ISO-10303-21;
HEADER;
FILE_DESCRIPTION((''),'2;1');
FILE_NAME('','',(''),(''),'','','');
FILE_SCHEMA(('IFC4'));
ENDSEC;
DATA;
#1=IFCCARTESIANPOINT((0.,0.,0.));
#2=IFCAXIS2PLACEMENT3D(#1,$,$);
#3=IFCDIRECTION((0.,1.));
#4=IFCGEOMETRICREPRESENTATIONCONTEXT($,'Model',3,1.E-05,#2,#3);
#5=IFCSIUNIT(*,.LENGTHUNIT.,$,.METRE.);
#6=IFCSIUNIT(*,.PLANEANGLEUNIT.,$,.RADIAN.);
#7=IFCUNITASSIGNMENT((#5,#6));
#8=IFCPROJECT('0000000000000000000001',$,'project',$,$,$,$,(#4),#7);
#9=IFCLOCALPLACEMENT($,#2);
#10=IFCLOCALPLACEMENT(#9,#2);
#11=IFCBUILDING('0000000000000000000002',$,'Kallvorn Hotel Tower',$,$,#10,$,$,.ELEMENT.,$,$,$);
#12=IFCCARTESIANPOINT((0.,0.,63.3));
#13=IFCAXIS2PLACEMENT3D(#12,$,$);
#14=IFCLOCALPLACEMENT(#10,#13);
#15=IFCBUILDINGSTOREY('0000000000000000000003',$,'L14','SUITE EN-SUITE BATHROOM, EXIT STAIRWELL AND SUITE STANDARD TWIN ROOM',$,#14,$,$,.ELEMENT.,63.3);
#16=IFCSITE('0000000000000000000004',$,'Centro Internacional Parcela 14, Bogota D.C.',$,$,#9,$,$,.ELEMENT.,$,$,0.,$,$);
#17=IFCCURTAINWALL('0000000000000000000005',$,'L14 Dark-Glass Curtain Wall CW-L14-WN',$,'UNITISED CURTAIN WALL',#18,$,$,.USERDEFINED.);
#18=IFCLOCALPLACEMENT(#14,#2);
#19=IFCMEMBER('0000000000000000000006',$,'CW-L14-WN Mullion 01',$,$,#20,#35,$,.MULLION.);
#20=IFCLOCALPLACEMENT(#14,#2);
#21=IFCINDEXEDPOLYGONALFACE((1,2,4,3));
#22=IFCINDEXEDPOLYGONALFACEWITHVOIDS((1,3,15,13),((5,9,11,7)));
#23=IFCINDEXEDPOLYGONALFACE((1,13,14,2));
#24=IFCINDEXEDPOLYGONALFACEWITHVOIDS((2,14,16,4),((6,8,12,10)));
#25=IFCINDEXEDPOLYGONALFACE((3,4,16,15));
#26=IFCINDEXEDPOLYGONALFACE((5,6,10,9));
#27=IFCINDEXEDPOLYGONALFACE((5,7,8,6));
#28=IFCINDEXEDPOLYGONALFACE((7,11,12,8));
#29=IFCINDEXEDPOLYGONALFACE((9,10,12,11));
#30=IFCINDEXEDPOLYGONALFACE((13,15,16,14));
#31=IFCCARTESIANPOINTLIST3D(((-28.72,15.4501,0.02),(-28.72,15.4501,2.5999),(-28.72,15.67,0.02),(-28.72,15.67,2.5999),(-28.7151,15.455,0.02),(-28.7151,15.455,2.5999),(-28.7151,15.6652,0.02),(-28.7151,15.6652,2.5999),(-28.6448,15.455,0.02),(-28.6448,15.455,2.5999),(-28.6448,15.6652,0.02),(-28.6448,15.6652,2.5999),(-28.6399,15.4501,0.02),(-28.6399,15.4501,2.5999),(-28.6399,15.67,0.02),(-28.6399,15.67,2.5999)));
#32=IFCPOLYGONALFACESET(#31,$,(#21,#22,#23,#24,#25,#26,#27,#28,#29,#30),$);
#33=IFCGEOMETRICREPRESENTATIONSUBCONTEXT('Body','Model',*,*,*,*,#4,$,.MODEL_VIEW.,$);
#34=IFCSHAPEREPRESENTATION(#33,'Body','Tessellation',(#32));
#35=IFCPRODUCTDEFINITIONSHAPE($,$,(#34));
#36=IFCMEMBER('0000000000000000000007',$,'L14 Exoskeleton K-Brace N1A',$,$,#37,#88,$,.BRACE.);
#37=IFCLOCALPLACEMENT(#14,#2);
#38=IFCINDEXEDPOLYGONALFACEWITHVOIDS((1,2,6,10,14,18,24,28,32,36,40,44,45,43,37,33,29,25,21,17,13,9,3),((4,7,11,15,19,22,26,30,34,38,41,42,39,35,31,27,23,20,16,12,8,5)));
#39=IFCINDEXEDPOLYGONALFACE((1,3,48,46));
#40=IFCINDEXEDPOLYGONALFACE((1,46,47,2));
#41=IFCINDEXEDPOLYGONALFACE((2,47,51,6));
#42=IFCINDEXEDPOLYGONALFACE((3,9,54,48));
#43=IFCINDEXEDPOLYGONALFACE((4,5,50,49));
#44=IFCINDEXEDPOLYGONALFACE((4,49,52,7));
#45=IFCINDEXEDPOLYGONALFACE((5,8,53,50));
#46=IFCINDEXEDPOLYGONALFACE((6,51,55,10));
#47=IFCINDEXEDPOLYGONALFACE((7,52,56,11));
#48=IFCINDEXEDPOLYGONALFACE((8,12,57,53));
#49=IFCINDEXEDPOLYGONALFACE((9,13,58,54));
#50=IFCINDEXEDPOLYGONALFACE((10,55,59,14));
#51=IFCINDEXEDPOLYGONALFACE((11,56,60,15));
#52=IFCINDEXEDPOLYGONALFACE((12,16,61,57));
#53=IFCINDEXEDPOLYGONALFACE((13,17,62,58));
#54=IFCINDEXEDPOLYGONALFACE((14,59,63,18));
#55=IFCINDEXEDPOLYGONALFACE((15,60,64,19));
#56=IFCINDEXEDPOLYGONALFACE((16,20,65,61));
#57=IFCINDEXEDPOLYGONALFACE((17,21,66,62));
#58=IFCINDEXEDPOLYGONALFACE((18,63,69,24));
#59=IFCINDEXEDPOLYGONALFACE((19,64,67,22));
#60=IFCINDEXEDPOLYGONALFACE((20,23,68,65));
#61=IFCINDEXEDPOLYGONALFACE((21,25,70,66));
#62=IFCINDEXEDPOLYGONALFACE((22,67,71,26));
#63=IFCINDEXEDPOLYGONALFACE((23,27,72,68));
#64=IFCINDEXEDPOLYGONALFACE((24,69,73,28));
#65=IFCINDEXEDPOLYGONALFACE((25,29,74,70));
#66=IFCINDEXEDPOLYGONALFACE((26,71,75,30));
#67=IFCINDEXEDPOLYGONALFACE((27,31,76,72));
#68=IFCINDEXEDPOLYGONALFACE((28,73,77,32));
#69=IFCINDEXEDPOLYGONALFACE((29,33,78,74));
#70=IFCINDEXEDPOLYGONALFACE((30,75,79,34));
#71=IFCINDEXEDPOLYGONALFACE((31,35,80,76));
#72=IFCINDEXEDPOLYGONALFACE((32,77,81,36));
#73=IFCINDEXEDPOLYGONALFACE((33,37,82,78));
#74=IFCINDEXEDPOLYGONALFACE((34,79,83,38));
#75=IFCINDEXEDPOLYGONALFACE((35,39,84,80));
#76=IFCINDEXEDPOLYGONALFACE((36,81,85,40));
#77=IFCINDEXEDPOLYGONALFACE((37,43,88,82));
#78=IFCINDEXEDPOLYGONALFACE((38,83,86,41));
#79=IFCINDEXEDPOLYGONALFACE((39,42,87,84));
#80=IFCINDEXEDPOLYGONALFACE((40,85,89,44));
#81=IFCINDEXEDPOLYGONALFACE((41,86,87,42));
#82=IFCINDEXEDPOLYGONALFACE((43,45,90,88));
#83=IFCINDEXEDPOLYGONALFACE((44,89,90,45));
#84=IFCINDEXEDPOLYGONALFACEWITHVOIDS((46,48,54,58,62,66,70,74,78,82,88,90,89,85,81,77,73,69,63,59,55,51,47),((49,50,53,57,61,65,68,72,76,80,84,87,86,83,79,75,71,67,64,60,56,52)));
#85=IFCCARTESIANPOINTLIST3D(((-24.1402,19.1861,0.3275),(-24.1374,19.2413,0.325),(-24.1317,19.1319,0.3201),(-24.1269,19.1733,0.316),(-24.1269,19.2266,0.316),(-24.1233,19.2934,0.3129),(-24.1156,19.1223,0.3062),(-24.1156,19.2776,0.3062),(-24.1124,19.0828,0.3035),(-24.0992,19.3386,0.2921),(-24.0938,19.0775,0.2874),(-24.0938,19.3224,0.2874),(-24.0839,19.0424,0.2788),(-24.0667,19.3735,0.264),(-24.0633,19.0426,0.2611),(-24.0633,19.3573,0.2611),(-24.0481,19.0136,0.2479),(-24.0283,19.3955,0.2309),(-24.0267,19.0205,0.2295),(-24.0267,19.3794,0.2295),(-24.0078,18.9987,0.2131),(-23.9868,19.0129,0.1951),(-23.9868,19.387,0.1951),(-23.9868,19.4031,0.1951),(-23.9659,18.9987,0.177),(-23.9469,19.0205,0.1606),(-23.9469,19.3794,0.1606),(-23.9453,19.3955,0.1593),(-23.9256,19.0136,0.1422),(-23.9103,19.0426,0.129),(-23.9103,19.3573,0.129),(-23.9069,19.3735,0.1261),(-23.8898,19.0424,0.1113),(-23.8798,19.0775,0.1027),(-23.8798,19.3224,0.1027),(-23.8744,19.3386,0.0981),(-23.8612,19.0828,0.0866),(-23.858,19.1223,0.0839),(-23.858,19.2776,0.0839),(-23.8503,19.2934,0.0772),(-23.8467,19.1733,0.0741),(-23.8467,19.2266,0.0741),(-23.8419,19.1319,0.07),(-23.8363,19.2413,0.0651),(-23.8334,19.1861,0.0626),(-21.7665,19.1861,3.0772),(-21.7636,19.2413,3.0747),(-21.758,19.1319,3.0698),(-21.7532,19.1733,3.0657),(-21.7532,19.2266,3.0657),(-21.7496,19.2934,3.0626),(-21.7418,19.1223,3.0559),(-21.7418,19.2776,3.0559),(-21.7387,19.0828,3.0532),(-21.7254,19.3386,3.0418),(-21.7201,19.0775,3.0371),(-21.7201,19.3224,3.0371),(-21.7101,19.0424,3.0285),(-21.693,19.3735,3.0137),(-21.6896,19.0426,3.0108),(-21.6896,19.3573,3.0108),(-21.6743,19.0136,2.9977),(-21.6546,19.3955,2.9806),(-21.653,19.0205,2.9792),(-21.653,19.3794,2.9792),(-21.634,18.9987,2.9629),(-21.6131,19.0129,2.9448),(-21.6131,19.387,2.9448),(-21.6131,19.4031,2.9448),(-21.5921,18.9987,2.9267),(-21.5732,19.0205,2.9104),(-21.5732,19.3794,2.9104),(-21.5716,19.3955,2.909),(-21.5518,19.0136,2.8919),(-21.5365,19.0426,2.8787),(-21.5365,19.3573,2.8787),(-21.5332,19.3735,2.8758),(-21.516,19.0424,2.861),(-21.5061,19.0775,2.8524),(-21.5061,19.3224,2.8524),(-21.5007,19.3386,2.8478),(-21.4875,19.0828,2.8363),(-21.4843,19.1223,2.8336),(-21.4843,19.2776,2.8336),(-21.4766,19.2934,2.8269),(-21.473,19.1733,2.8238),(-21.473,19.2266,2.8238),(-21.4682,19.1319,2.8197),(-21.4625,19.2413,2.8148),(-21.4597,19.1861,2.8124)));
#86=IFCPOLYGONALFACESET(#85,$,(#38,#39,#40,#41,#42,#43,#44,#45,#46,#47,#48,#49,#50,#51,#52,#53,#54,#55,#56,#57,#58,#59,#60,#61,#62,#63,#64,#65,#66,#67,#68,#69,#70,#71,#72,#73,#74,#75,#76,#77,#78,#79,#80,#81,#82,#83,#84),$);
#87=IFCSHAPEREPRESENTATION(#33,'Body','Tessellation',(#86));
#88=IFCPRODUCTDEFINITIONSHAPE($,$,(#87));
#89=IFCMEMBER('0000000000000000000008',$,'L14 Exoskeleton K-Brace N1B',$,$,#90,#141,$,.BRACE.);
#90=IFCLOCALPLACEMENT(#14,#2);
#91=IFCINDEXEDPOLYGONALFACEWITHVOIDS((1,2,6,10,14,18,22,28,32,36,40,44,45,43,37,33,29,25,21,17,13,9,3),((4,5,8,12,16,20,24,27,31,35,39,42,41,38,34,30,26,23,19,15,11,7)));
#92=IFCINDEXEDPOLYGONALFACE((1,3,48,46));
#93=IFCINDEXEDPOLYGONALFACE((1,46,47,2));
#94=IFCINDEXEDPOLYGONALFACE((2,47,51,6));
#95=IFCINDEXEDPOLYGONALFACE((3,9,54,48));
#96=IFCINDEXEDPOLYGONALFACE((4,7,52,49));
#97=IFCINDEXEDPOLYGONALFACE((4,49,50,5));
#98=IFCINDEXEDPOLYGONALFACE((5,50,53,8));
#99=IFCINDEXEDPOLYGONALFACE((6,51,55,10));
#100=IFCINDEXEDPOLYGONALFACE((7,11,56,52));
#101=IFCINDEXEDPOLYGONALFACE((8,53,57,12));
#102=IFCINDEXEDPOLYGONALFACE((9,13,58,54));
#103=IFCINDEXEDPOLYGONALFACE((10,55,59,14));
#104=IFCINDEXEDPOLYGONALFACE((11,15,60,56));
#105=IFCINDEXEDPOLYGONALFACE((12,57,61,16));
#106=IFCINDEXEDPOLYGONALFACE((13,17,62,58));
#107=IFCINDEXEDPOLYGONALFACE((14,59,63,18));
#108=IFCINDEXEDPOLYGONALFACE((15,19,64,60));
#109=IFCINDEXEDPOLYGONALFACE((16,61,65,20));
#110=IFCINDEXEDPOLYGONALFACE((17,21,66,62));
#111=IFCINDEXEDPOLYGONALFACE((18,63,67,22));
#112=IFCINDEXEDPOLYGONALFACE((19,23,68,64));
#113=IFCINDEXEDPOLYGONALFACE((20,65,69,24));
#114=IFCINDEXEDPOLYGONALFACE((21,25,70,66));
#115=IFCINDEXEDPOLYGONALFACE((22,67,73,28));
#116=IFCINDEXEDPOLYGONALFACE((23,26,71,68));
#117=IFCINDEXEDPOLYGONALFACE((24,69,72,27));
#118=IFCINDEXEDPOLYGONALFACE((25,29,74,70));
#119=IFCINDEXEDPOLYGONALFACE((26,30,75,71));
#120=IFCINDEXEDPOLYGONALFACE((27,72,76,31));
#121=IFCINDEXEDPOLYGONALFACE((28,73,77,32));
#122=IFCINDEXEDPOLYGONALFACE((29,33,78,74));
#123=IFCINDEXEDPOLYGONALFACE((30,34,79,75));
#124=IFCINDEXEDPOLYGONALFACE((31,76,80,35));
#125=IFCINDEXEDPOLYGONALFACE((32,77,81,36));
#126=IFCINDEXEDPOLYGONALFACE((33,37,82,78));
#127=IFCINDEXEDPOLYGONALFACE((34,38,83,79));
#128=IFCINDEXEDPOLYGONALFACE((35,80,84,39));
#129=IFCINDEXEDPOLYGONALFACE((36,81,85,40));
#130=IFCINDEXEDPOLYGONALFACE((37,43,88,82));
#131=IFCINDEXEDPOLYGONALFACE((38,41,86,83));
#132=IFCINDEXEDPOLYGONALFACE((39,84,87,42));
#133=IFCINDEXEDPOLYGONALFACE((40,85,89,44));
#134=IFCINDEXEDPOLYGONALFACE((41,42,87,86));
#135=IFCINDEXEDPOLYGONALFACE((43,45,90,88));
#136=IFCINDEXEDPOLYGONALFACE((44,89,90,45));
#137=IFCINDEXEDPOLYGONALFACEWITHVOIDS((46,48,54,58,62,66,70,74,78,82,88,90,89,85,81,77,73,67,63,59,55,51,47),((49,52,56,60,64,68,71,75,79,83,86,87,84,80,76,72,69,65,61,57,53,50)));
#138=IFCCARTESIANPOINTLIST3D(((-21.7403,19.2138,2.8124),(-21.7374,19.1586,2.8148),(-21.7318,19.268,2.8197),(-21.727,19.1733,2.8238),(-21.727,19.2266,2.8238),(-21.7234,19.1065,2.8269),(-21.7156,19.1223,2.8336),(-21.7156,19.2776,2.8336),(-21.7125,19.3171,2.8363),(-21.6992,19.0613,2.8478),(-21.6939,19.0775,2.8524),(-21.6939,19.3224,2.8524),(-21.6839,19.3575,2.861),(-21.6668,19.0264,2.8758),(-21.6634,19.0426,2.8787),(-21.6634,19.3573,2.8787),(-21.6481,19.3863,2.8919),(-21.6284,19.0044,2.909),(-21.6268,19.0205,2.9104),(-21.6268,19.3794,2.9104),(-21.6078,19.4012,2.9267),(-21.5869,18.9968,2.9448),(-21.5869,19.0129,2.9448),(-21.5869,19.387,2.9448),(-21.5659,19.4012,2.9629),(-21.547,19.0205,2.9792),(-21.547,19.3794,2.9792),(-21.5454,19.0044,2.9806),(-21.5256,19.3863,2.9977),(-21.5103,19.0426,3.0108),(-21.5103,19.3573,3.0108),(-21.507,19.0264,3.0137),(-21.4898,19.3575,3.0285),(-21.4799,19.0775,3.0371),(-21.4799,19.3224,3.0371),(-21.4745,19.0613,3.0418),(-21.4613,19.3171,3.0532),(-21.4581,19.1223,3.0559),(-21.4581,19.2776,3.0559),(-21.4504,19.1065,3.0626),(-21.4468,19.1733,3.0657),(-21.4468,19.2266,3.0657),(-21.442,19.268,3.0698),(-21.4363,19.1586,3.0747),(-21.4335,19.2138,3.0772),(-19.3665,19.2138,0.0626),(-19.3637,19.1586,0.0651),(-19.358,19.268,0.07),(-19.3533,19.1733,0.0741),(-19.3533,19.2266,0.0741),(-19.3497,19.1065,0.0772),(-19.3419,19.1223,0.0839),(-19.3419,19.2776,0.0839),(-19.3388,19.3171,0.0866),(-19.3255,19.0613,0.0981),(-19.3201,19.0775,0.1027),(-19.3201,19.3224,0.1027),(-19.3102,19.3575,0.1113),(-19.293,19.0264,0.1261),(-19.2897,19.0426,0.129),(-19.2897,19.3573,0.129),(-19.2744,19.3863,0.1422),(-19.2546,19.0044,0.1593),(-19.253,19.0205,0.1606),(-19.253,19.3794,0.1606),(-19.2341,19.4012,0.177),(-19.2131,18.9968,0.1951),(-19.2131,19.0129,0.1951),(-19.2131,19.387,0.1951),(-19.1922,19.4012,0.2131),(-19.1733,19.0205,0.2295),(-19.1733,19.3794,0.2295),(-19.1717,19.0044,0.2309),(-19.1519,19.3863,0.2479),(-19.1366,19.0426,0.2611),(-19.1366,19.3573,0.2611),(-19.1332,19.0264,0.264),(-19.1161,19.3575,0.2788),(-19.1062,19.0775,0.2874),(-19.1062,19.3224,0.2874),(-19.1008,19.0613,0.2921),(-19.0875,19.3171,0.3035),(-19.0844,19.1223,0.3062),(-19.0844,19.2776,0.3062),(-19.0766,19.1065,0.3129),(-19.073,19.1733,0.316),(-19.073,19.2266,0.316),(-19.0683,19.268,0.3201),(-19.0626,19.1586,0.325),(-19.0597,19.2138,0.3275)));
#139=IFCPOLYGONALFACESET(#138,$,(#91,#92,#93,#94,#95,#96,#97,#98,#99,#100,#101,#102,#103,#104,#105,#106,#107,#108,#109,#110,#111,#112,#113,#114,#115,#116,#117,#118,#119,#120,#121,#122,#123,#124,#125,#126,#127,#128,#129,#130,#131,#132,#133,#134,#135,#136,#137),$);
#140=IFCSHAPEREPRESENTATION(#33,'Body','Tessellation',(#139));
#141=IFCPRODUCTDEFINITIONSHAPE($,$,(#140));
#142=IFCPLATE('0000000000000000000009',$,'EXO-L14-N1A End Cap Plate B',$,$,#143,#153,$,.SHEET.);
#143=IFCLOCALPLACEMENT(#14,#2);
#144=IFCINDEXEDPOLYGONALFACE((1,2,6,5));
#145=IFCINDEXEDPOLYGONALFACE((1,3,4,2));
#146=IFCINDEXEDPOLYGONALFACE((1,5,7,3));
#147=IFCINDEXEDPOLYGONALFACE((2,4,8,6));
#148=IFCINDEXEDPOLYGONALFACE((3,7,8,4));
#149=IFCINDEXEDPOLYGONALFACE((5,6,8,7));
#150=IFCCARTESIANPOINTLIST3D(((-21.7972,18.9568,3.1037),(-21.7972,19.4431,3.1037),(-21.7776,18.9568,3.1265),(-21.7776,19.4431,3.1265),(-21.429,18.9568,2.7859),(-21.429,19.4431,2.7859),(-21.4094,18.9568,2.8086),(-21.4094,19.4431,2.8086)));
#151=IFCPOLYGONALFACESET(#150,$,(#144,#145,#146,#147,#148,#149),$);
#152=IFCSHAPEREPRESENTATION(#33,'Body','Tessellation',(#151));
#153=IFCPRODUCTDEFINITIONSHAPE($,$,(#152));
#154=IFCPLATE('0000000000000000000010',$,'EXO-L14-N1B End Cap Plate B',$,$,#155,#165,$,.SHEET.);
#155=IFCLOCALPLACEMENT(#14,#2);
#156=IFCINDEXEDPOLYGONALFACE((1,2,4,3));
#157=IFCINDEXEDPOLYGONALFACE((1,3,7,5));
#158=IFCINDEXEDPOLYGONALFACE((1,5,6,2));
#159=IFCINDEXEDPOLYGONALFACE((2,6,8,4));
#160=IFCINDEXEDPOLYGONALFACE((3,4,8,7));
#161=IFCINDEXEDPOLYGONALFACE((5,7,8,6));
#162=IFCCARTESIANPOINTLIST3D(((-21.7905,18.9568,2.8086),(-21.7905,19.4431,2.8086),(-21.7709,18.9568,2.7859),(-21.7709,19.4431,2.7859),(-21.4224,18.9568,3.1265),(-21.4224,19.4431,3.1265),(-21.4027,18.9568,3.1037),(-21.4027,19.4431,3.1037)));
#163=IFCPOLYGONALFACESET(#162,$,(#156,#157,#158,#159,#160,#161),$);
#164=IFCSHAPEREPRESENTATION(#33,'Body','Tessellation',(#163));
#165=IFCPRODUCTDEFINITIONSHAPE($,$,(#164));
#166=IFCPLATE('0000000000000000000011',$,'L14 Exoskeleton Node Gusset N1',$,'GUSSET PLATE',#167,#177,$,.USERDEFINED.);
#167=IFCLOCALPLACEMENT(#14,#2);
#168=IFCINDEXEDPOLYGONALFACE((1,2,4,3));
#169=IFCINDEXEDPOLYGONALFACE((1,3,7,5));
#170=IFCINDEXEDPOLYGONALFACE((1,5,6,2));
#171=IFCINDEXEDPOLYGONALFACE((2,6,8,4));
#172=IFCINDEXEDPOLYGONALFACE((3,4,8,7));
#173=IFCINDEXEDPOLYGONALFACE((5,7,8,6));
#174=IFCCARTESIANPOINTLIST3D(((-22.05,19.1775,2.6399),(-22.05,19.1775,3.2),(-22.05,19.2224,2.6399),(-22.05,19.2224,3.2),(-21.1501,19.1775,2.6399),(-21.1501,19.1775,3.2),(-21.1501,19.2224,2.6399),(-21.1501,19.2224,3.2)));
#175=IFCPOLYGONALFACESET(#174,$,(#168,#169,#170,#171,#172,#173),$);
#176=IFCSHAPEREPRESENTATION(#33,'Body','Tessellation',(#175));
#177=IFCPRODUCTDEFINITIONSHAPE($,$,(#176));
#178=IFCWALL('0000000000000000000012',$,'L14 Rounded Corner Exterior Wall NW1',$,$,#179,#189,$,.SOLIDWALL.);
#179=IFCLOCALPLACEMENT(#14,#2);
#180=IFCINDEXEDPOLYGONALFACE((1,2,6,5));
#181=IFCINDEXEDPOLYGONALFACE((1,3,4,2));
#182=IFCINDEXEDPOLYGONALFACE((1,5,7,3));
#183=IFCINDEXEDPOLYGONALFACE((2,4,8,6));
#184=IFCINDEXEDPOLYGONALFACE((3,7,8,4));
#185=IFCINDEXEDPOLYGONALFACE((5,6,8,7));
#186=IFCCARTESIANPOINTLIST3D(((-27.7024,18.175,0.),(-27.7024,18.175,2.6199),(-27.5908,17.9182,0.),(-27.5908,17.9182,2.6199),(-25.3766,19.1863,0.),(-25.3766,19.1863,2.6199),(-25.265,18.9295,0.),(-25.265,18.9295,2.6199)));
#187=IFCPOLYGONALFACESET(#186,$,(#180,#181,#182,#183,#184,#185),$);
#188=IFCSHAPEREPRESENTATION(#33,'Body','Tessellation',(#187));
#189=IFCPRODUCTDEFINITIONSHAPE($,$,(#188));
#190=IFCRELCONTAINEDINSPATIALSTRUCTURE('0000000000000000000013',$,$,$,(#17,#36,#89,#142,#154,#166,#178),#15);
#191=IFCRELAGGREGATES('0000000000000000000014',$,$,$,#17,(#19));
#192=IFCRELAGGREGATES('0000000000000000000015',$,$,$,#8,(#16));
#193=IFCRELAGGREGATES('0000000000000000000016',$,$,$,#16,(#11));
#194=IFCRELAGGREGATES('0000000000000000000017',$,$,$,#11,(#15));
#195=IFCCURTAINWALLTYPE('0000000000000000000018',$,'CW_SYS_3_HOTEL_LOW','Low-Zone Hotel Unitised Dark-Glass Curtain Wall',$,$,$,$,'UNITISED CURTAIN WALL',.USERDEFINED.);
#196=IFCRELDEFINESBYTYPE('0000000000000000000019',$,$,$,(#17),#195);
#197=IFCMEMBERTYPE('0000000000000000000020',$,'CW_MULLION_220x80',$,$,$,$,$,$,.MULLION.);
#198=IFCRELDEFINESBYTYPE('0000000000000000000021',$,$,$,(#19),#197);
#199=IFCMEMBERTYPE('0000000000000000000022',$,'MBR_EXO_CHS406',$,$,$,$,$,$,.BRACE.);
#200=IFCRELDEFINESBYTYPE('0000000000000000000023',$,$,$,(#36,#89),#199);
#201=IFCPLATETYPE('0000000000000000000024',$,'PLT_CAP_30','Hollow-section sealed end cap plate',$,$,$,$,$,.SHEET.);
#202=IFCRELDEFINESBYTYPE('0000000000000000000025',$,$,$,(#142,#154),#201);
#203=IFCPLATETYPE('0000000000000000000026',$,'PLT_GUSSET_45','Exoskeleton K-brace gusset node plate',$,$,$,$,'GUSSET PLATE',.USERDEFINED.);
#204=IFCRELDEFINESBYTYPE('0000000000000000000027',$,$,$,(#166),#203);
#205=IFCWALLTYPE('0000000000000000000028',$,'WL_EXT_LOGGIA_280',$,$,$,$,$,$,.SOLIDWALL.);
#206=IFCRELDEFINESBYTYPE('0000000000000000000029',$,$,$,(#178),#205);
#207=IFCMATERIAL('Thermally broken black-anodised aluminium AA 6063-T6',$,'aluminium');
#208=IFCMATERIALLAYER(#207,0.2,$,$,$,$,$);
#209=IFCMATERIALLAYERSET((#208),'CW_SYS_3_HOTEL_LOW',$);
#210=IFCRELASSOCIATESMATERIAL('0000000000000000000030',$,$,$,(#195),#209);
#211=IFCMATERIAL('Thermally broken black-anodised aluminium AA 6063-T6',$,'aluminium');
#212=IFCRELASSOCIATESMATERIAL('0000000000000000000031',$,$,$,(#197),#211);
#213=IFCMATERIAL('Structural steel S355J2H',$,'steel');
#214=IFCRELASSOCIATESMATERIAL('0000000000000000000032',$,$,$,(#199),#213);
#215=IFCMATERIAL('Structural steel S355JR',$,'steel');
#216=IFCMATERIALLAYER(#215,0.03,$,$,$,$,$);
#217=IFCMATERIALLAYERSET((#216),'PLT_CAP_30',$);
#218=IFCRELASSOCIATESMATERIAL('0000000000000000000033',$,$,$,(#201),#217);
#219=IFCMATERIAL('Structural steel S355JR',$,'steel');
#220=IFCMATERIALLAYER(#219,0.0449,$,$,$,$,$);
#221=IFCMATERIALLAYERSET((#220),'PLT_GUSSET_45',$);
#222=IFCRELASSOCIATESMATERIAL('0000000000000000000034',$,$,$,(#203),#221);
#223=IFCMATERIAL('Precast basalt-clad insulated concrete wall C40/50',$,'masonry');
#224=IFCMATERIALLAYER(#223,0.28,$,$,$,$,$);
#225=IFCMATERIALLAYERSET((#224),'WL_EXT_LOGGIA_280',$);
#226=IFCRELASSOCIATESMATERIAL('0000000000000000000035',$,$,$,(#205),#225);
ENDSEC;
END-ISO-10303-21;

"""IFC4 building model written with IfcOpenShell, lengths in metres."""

from ifc_helpers import new_model, si_unit, direction, frame, frame_2d, origin, origin_2d, place, context, subcontext, project, spatial, polyline, rectangle, hollow_rectangle, hollow_circle, outline, extrude, material, layer, layer_set, material_profile, profile_set, type_object, element, aggregate, save


model = new_model("IFC4")

# Units and contexts
model_context = context("Model", 3, precision=1e-05, world=origin(), true_north=direction((0.0, 1.0)))
body_context = subcontext(model_context, "Body", "Model", "MODEL_VIEW")
ifc_project = project(units=[si_unit("LENGTHUNIT", "METRE"), si_unit("PLANEANGLEUNIT", "RADIAN")], contexts=[model_context])

# Site, building, storey
site_placement = place(None, origin())
site = spatial("IfcSite", under=ifc_project, at=site_placement, Name="Centro Internacional Parcela 14, Bogota D.C.", CompositionType="ELEMENT", RefElevation=0.0)
building_placement = place(site_placement, origin())
building = spatial("IfcBuilding", under=site, at=building_placement, Name="Kallvorn Hotel Tower", CompositionType="ELEMENT")
storey_placement = place(building_placement, frame((0.0, 0.0, 63.3)))
storey = spatial("IfcBuildingStorey", under=building, at=storey_placement, Name="L14", Description="SUITE EN-SUITE BATHROOM, EXIT STAIRWELL AND SUITE STANDARD TWIN ROOM", CompositionType="ELEMENT", Elevation=63.3)

# Curtain wall, member
ifc_material_1 = material(Name="Thermally broken black-anodised aluminium AA 6063-T6", Category="aluminium")
ifc_layer_1 = layer(ifc_material_1, 0.2)
ifc_layer_set_1 = layer_set([ifc_layer_1], Name="CW_SYS_3_HOTEL_LOW")
curtain_wall_type = type_object("IfcCurtainWallType", Name="CW_SYS_3_HOTEL_LOW", Description="Low-Zone Hotel Unitised Dark-Glass Curtain Wall", ElementType="UNITISED CURTAIN WALL", PredefinedType="USERDEFINED", material=ifc_layer_set_1)
curtain_wall_placement = place(storey_placement, origin())
curtain_wall = element("IfcCurtainWall", 1, at=curtain_wall_placement, inside=storey, type_object=curtain_wall_type, Name="L14 Dark-Glass Curtain Wall CW-L14-WN", ObjectType="UNITISED CURTAIN WALL", PredefinedType="USERDEFINED")
ifc_material_2 = material(Name="Thermally broken black-anodised aluminium AA 6063-T6", Category="aluminium")
ifc_material_profile_1 = material_profile(ifc_material_2, hollow_rectangle(XDim=0.0801, YDim=0.22, WallThickness=0.0049, at=origin_2d()), Name="MUL 220x80")
ifc_profile_set_1 = profile_set([ifc_material_profile_1], Name="Thermally broken black-anodised aluminium AA 6063-T6")
member_type_1 = type_object("IfcMemberType", Name="CW_MULLION_220x80", PredefinedType="MULLION", material=ifc_profile_set_1)
member_placement = place(storey_placement, frame((-28.6799, 15.5601, 0.02), z_axis=(0.0, 0.0, 1.0), x_axis=(1.0, 0.0, 0.0)))
member = element("IfcMember", 2, at=member_placement, type_object=member_type_1, Name="CW-L14-WN Mullion 01", PredefinedType="MULLION", context=body_context, shape_type="SweptSolid", body=[
    extrude(hollow_rectangle(XDim=0.0801, YDim=0.22, WallThickness=0.0049, at=origin_2d()), origin(), (0.0, 0.0, 1.0), 2.5798),
])
aggregate(curtain_wall, [member])

# Members
ifc_material_3 = material(Name="Structural steel S355J2H", Category="steel")
ifc_material_profile_2 = material_profile(ifc_material_3, hollow_circle(Radius=0.2031, WallThickness=0.0161, at=origin_2d()), Name="CHS 406.4x16")
ifc_profile_set_2 = profile_set([ifc_material_profile_2], Name="Structural steel S355J2H")
member_type_2 = type_object("IfcMemberType", Name="MBR_EXO_CHS406", PredefinedType="BRACE", material=ifc_profile_set_2)
for number, where, z_axis, x_axis, name in (
    (3, (-23.9868, 19.2, 0.1951), (0.653461, 0.0, 0.756961), (0.0, 1.0, 0.0), "L14 Exoskeleton K-Brace N1A"),
    (4, (-19.2131, 19.2, 0.1951), (-0.653461, 0.0, 0.756961), (0.0, -1.0, 0.0), "L14 Exoskeleton K-Brace N1B"),
):
    element("IfcMember", number, at=place(storey_placement, frame(where, z_axis=z_axis, x_axis=x_axis)), inside=storey, type_object=member_type_2, Name=name, PredefinedType="BRACE", context=body_context, shape_type="SweptSolid", body=[
        extrude(hollow_circle(Radius=0.2031, WallThickness=0.0161, at=origin_2d()), origin(), (0.0, 0.0, 1.0), 3.6326),
    ])

# Plates
ifc_material_4 = material(Name="Structural steel S355JR", Category="steel")
ifc_layer_2 = layer(ifc_material_4, 0.03)
ifc_layer_set_2 = layer_set([ifc_layer_2], Name="PLT_CAP_30")
plate_type_1 = type_object("IfcPlateType", Name="PLT_CAP_30", Description="Hollow-section sealed end cap plate", PredefinedType="SHEET", material=ifc_layer_set_2)
for number, where, z_axis, x_axis, name in (
    (5, (-21.4094, 18.9568, 2.8086), (0.653515, 0.0, 0.756913), (0.0, 1.0, 0.0), "EXO-L14-N1A End Cap Plate B"),
    (6, (-21.7905, 19.4431, 2.8086), (-0.653515, 0.0, 0.756913), (0.0, -1.0, 0.0), "EXO-L14-N1B End Cap Plate B"),
):
    element("IfcPlate", number, at=place(storey_placement, frame(where, z_axis=z_axis, x_axis=x_axis)), inside=storey, type_object=plate_type_1, Name=name, PredefinedType="SHEET", context=body_context, shape_type="SweptSolid", body=[
        extrude(outline(polyline([(0.0, 0.0), (0.4863, 0.0), (0.4863, 0.4864), (0.0, 0.4864), (0.0, 0.0)])), origin(), (0.0, 0.0, -1.0), 0.03),
    ])
ifc_material_5 = material(Name="Structural steel S355JR", Category="steel")
ifc_layer_3 = layer(ifc_material_5, 0.0449)
ifc_layer_set_3 = layer_set([ifc_layer_3], Name="PLT_GUSSET_45")
plate_type_2 = type_object("IfcPlateType", Name="PLT_GUSSET_45", Description="Exoskeleton K-brace gusset node plate", ElementType="GUSSET PLATE", PredefinedType="USERDEFINED", material=ifc_layer_set_3)
plate_placement = place(storey_placement, frame((-21.6001, 19.2, 2.6399), z_axis=(0.0, 0.0, 1.0), x_axis=(1.0, 0.0, 0.0)))
element("IfcPlate", 7, at=plate_placement, inside=storey, type_object=plate_type_2, Name="L14 Exoskeleton Node Gusset N1", ObjectType="GUSSET PLATE", PredefinedType="USERDEFINED", context=body_context, shape_type="SweptSolid", body=[
    extrude(rectangle(XDim=0.8999, YDim=0.0449, at=origin_2d()), origin(), (0.0, 0.0, 1.0), 0.5601),
])

# Wall
ifc_material_6 = material(Name="Precast basalt-clad insulated concrete wall C40/50", Category="masonry")
ifc_layer_4 = layer(ifc_material_6, 0.28)
ifc_layer_set_4 = layer_set([ifc_layer_4], Name="WL_EXT_LOGGIA_280")
wall_type_1 = type_object("IfcWallType", Name="WL_EXT_LOGGIA_280", PredefinedType="SOLIDWALL", material=ifc_layer_set_4)
wall_1_placement = place(storey_placement, frame((-25.3208, 19.0579, 0.0), z_axis=(0.0, 0.0, 1.0), x_axis=(-0.917061, -0.398747, 0.0)))
element("IfcWall", 8, at=wall_1_placement, inside=storey, type_object=wall_type_1, Name="L14 Rounded Corner Exterior Wall NW1", PredefinedType="SOLIDWALL", context=body_context, shape_type="SweptSolid", body=[
    extrude(rectangle(XDim=2.5361, YDim=0.28, at=frame_2d((1.2681, 0.0))), origin(), (0.0, 0.0, 1.0), 2.6199),
])

save(model, "model.ifc")
